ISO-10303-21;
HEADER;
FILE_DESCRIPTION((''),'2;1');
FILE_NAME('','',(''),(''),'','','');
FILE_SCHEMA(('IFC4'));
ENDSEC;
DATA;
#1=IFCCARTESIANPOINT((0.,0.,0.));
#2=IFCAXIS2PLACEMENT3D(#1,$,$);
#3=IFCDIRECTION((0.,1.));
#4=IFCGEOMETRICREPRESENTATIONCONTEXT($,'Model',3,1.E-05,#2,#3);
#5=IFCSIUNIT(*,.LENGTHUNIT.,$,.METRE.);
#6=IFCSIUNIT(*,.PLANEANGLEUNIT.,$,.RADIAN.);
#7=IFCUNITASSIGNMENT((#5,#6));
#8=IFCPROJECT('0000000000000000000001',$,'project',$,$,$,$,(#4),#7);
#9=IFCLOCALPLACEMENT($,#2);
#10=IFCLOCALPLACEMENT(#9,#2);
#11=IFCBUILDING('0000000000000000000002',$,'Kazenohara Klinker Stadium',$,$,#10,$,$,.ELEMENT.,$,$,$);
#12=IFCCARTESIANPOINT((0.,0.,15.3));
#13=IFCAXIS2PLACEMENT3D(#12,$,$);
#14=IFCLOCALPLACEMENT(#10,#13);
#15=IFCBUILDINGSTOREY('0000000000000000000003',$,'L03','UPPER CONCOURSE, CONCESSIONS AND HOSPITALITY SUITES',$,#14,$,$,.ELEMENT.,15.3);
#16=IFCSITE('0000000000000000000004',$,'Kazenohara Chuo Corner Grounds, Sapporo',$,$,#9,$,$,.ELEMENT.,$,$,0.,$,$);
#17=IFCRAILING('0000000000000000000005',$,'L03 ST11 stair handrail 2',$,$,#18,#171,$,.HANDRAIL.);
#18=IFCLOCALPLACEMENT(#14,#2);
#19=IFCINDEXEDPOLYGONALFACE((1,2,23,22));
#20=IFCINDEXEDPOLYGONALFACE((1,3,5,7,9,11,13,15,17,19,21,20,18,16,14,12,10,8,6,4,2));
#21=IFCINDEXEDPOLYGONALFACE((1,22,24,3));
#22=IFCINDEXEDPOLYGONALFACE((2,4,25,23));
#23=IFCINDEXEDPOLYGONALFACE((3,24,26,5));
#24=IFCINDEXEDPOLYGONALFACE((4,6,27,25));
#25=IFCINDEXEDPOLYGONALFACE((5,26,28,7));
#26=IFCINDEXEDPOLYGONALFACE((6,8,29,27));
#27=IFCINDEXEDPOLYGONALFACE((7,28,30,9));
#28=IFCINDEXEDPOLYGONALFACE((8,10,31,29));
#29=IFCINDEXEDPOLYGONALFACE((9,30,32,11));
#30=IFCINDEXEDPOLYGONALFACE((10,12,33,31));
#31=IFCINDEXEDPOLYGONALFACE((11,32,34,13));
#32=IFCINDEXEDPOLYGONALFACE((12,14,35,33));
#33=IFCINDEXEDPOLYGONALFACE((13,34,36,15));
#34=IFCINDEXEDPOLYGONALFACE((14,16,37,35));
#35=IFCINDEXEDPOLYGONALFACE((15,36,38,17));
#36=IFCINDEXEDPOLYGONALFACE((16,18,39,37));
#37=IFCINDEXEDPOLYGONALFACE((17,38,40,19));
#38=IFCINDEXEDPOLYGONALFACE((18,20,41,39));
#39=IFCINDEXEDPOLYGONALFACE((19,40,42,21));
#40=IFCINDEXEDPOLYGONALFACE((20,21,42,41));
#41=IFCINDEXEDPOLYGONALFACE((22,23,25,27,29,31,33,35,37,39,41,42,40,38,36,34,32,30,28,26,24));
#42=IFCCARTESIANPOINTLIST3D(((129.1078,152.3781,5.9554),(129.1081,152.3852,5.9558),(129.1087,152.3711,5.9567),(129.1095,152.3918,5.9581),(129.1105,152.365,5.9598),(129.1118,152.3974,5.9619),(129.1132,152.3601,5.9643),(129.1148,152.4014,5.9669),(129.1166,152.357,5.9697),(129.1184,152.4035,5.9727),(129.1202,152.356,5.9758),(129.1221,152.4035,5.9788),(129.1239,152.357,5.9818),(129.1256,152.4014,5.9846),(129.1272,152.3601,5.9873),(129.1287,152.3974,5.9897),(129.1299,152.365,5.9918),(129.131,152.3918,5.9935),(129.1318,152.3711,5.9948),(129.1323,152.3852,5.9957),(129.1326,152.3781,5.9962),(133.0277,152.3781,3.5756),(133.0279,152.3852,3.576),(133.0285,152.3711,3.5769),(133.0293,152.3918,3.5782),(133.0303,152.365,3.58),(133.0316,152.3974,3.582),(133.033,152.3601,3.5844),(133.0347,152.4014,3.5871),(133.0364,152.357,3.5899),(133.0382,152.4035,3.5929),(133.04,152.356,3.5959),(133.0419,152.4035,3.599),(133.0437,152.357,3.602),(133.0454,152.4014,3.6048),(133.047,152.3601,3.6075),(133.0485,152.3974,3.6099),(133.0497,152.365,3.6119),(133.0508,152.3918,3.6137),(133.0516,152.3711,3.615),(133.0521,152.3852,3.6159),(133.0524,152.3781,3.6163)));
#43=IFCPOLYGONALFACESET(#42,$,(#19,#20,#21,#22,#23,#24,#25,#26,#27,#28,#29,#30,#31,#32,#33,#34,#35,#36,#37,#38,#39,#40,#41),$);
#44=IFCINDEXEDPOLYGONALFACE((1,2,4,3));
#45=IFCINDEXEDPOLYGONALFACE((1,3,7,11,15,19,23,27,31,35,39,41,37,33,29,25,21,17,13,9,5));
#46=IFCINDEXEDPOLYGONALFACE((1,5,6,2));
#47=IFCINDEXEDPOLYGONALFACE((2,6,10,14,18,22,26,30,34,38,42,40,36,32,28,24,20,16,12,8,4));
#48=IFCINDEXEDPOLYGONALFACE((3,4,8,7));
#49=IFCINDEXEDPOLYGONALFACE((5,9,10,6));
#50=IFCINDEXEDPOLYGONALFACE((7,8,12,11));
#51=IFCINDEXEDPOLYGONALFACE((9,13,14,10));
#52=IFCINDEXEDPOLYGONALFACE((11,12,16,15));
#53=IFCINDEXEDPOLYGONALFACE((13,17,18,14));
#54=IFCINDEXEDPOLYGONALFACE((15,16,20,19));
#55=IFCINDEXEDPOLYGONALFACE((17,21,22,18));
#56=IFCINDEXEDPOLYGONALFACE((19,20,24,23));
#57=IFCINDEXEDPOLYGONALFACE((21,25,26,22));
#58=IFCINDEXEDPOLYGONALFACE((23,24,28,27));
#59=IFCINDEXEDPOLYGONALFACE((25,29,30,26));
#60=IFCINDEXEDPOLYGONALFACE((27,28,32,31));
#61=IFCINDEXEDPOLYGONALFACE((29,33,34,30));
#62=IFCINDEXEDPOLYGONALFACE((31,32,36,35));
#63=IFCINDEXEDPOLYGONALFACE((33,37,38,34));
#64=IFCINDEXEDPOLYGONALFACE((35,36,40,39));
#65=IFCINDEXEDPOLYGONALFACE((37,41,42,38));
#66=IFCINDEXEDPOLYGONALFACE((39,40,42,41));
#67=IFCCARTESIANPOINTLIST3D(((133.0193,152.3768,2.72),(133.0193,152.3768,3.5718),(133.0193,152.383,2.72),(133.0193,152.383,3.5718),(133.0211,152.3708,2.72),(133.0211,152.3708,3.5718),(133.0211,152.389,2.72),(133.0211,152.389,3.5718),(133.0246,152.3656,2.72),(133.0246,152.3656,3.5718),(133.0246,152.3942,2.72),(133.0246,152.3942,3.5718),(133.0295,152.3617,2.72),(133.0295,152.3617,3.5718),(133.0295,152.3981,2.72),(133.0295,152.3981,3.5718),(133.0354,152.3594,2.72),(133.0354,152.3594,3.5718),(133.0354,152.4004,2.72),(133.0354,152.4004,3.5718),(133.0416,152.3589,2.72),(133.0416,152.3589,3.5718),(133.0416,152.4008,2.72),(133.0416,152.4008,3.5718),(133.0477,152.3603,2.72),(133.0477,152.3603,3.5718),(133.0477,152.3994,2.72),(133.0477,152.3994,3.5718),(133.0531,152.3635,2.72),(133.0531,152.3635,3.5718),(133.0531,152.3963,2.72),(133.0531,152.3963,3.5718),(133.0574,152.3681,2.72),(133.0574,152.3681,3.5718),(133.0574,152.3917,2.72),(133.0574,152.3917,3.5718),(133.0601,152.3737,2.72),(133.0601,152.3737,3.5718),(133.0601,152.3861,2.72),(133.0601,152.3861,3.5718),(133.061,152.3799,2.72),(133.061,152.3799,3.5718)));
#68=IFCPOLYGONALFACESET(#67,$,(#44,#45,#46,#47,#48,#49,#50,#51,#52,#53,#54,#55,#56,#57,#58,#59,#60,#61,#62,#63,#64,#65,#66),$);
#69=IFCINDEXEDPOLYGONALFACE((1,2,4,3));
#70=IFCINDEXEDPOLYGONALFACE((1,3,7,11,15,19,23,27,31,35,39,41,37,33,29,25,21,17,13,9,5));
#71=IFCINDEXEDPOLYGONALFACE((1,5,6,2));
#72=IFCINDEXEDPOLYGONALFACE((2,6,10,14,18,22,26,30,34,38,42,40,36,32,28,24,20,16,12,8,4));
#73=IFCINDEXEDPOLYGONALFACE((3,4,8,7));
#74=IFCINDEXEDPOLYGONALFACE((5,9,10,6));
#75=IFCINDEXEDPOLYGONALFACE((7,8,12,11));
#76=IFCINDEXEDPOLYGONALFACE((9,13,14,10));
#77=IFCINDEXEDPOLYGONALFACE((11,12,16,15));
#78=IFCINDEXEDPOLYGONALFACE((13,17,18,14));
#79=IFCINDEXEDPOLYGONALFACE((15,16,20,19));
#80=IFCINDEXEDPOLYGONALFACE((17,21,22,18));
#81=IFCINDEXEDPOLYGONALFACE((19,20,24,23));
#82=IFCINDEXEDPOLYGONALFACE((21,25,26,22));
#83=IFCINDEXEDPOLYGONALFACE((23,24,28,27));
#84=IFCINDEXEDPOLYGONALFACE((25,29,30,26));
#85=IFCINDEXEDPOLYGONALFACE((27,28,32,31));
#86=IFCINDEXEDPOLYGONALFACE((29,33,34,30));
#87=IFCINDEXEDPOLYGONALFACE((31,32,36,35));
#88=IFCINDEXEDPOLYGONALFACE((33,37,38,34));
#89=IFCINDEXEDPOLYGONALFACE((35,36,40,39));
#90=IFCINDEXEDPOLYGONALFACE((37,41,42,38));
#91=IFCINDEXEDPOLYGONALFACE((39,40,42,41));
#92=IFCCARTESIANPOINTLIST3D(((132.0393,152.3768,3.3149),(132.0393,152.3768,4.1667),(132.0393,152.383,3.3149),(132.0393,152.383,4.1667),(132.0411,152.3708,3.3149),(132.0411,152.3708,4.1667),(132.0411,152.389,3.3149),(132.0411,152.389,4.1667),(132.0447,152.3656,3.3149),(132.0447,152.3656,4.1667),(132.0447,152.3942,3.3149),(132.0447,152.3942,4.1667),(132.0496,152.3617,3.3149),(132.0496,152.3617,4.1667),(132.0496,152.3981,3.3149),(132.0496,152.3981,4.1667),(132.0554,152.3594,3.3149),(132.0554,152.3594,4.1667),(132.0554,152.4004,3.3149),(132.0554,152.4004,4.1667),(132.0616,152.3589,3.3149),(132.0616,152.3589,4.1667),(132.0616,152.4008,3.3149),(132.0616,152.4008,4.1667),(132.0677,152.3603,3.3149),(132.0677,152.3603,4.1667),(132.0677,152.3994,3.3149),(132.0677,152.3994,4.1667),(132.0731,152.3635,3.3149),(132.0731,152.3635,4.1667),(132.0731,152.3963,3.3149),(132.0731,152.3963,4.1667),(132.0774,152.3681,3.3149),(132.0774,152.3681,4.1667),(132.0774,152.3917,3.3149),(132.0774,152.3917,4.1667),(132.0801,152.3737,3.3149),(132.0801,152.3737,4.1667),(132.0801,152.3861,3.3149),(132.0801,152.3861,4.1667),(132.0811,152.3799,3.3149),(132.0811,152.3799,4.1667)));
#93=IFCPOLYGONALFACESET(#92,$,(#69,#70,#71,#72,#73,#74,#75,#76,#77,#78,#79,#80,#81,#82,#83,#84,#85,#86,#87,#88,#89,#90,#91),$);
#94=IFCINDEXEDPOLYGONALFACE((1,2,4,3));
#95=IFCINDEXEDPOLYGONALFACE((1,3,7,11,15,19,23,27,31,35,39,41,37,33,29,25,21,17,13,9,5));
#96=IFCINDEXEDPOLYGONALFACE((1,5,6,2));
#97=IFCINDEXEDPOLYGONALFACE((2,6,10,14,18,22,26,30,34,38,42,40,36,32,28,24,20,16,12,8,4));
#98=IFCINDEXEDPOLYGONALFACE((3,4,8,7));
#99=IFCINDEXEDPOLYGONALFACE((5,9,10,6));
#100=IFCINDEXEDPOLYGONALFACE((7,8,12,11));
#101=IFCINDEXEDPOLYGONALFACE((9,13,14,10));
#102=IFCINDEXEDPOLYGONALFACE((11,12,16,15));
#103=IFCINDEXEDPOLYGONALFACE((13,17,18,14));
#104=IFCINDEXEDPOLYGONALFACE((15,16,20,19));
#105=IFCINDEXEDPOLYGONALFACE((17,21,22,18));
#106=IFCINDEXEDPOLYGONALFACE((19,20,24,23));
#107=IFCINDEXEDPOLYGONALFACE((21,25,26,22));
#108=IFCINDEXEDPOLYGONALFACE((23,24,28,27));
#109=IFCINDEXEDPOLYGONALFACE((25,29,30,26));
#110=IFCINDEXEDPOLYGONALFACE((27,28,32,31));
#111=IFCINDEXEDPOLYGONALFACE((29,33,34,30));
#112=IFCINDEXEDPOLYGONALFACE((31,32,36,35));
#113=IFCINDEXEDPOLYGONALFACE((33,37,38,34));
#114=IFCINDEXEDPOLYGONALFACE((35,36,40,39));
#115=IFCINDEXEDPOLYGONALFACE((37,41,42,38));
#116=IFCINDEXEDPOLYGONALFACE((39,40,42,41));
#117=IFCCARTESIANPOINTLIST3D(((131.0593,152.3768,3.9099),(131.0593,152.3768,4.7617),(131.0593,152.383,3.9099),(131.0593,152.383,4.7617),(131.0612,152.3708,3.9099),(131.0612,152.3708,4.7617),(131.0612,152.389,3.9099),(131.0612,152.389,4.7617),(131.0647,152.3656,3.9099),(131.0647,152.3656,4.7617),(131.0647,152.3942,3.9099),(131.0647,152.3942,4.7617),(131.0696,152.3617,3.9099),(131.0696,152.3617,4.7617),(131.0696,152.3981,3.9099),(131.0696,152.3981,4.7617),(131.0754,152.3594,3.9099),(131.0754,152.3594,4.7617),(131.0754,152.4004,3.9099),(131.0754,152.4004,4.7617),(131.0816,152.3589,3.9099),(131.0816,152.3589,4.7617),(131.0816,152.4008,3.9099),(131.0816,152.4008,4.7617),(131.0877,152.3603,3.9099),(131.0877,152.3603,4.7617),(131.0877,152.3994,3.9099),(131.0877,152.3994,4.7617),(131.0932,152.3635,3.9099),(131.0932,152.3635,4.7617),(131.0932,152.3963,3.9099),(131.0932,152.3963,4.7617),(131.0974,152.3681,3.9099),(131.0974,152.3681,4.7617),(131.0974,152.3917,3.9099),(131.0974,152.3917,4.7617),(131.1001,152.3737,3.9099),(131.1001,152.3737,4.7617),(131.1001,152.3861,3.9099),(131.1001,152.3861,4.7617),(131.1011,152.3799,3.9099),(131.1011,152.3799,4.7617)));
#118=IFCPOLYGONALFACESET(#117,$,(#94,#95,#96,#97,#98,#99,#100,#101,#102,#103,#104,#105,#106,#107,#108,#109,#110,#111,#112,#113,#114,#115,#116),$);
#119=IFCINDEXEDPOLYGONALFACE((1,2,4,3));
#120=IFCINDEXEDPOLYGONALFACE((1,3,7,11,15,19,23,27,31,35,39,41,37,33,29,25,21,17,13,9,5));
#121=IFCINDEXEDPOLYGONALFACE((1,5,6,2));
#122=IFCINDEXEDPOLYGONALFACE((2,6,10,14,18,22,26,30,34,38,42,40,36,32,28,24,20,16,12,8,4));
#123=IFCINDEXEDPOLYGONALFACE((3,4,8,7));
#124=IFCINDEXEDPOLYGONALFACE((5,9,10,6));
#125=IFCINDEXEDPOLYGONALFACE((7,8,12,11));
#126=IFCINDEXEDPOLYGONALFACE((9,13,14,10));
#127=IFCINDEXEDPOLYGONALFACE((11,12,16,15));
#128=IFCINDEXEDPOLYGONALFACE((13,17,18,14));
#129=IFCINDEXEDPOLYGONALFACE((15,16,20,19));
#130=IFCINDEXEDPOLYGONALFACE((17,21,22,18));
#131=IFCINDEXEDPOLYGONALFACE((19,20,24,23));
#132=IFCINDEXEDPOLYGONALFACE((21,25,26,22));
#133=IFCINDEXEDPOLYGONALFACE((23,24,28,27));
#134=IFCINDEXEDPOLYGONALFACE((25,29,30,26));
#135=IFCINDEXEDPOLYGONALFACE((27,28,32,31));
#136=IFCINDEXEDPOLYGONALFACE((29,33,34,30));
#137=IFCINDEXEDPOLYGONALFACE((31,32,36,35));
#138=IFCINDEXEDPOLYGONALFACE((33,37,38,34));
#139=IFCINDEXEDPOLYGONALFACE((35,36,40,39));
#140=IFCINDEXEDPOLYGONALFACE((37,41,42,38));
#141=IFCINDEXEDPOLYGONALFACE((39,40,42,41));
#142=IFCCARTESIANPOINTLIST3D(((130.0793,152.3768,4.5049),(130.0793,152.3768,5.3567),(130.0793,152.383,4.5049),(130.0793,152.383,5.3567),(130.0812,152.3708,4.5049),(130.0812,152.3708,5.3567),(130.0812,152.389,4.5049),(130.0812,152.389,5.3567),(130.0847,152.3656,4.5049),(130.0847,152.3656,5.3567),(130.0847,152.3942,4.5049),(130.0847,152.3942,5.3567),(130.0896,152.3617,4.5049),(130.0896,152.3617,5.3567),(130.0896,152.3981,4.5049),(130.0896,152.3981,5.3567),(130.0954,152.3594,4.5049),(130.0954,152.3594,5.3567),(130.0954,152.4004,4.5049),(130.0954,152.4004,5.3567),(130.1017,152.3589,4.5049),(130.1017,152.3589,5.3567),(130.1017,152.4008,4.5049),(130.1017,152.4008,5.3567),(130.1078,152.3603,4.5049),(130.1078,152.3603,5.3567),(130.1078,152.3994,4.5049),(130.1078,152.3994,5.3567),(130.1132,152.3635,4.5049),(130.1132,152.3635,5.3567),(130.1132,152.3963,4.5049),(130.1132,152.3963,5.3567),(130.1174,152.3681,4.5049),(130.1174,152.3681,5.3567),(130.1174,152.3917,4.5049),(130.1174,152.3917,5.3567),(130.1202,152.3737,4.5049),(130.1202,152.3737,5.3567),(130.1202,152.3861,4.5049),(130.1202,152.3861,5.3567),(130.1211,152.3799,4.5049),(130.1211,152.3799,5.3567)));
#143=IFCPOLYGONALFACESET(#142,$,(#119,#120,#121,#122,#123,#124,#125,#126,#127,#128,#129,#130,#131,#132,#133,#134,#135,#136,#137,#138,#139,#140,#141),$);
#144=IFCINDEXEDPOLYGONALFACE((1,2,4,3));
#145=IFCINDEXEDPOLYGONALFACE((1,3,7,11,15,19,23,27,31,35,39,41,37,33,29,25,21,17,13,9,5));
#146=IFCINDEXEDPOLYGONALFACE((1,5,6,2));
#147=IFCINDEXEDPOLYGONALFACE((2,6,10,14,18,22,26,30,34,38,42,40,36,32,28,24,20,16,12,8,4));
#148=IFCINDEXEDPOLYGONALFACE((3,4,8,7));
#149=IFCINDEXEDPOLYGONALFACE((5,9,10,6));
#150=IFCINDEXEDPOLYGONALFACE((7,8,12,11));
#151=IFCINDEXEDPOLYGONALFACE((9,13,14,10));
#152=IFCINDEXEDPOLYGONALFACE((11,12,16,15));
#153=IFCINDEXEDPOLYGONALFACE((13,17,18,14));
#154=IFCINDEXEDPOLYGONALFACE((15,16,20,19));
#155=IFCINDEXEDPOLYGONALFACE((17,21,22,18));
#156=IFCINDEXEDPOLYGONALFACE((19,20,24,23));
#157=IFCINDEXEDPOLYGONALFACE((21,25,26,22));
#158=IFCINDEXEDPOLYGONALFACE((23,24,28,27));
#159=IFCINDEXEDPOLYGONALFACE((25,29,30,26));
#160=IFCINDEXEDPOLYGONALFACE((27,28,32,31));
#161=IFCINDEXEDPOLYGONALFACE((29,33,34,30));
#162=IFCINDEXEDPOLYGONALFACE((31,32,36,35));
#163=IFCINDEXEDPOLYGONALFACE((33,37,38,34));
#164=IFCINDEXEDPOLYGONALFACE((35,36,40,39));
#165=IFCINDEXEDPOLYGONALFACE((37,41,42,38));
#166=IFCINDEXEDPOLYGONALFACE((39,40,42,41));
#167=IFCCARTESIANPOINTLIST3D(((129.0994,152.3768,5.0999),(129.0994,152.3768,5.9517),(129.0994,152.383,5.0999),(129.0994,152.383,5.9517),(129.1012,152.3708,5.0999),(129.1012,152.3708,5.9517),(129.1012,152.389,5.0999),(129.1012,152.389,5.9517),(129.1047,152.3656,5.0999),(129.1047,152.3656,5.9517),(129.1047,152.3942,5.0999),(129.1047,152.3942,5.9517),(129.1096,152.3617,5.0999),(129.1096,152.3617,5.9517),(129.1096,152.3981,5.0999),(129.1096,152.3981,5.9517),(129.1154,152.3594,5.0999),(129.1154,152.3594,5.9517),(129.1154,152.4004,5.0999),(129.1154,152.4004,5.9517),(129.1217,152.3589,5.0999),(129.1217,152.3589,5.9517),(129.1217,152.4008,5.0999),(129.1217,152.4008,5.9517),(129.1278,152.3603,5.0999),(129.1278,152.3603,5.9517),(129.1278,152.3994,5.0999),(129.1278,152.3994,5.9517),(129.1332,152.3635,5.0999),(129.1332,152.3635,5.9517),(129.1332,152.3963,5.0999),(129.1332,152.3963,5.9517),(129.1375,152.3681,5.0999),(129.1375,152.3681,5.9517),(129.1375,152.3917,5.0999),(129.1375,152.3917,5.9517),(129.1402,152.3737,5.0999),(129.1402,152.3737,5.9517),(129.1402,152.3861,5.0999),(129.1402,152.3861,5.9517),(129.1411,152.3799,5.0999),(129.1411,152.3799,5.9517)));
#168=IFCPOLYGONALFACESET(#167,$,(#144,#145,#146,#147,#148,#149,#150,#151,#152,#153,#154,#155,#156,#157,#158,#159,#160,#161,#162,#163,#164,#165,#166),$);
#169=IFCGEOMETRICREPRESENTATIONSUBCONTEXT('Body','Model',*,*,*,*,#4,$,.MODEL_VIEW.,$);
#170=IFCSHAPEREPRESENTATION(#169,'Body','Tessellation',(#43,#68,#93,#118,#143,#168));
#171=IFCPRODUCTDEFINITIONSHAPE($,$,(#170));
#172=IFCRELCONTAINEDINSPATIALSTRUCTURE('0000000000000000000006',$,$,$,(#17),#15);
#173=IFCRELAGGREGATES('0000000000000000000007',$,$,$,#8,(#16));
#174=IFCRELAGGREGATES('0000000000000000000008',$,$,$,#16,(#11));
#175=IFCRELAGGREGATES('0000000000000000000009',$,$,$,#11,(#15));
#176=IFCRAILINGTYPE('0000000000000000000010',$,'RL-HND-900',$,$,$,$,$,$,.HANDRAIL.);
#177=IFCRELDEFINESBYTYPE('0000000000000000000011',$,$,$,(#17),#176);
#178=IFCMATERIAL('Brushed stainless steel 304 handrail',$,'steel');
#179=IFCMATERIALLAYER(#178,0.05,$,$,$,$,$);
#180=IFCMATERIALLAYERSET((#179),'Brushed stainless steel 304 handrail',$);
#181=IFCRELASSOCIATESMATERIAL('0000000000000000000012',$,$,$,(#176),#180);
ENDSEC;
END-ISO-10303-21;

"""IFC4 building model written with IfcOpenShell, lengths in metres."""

from ifc_helpers import new_model, si_unit, direction, frame, origin, origin_2d, place, context, subcontext, project, spatial, circle, extrude, material, layer, layer_set, type_object, element, save


model = new_model("IFC4")

# Units and contexts
model_context = context("Model", 3, precision=1e-05, world=origin(), true_north=direction((0.0, 1.0)))
body_context = subcontext(model_context, "Body", "Model", "MODEL_VIEW")
ifc_project = project(units=[si_unit("LENGTHUNIT", "METRE"), si_unit("PLANEANGLEUNIT", "RADIAN")], contexts=[model_context])

# Site, building, storey
site_placement = place(None, origin())
site = spatial("IfcSite", under=ifc_project, at=site_placement, Name="Kazenohara Chuo Corner Grounds, Sapporo", CompositionType="ELEMENT", RefElevation=0.0)
building_placement = place(site_placement, origin())
building = spatial("IfcBuilding", under=site, at=building_placement, Name="Kazenohara Klinker Stadium", CompositionType="ELEMENT")
storey_placement = place(building_placement, frame((0.0, 0.0, 15.3)))
storey = spatial("IfcBuildingStorey", under=building, at=storey_placement, Name="L03", Description="UPPER CONCOURSE, CONCESSIONS AND HOSPITALITY SUITES", CompositionType="ELEMENT", Elevation=15.3)

# Railing
ifc_material_1 = material(Name="Brushed stainless steel 304 handrail", Category="steel")
ifc_layer_1 = layer(ifc_material_1, 0.05)
ifc_layer_set_1 = layer_set([ifc_layer_1], Name="Brushed stainless steel 304 handrail")
railing_type_1 = type_object("IfcRailingType", Name="RL-HND-900", PredefinedType="HANDRAIL", material=ifc_layer_set_1)
railing_1_placement = place(storey_placement, frame((133.04, 152.3799, 2.72)))
element("IfcRailing", 1, at=railing_1_placement, inside=storey, type_object=railing_type_1, Name="L03 ST11 stair handrail 2", PredefinedType="HANDRAIL", context=body_context, shape_type="SweptSolid", body=[
    extrude(circle(Radius=0.0239, at=origin_2d()), frame((0.0, 0.0, 0.876), z_axis=(-0.854794, 0.0, 0.518967), x_axis=(0.0, -1.0, 0.0)), (0.0, 0.0, 1.0), 4.5857),
    extrude(circle(Radius=0.021, at=origin_2d()), origin(), (0.0, 0.0, 1.0), 0.8518),
    extrude(circle(Radius=0.021, at=origin_2d()), frame((-0.98, 0.0, 0.595)), (0.0, 0.0, 1.0), 0.8518),
    extrude(circle(Radius=0.021, at=origin_2d()), frame((-1.96, 0.0, 1.1899)), (0.0, 0.0, 1.0), 0.8518),
    extrude(circle(Radius=0.021, at=origin_2d()), frame((-2.9399, 0.0, 1.7849)), (0.0, 0.0, 1.0), 0.8518),
    extrude(circle(Radius=0.021, at=origin_2d()), frame((-3.9199, 0.0, 2.3799)), (0.0, 0.0, 1.0), 0.8518),
])

save(model, "model.ifc")
